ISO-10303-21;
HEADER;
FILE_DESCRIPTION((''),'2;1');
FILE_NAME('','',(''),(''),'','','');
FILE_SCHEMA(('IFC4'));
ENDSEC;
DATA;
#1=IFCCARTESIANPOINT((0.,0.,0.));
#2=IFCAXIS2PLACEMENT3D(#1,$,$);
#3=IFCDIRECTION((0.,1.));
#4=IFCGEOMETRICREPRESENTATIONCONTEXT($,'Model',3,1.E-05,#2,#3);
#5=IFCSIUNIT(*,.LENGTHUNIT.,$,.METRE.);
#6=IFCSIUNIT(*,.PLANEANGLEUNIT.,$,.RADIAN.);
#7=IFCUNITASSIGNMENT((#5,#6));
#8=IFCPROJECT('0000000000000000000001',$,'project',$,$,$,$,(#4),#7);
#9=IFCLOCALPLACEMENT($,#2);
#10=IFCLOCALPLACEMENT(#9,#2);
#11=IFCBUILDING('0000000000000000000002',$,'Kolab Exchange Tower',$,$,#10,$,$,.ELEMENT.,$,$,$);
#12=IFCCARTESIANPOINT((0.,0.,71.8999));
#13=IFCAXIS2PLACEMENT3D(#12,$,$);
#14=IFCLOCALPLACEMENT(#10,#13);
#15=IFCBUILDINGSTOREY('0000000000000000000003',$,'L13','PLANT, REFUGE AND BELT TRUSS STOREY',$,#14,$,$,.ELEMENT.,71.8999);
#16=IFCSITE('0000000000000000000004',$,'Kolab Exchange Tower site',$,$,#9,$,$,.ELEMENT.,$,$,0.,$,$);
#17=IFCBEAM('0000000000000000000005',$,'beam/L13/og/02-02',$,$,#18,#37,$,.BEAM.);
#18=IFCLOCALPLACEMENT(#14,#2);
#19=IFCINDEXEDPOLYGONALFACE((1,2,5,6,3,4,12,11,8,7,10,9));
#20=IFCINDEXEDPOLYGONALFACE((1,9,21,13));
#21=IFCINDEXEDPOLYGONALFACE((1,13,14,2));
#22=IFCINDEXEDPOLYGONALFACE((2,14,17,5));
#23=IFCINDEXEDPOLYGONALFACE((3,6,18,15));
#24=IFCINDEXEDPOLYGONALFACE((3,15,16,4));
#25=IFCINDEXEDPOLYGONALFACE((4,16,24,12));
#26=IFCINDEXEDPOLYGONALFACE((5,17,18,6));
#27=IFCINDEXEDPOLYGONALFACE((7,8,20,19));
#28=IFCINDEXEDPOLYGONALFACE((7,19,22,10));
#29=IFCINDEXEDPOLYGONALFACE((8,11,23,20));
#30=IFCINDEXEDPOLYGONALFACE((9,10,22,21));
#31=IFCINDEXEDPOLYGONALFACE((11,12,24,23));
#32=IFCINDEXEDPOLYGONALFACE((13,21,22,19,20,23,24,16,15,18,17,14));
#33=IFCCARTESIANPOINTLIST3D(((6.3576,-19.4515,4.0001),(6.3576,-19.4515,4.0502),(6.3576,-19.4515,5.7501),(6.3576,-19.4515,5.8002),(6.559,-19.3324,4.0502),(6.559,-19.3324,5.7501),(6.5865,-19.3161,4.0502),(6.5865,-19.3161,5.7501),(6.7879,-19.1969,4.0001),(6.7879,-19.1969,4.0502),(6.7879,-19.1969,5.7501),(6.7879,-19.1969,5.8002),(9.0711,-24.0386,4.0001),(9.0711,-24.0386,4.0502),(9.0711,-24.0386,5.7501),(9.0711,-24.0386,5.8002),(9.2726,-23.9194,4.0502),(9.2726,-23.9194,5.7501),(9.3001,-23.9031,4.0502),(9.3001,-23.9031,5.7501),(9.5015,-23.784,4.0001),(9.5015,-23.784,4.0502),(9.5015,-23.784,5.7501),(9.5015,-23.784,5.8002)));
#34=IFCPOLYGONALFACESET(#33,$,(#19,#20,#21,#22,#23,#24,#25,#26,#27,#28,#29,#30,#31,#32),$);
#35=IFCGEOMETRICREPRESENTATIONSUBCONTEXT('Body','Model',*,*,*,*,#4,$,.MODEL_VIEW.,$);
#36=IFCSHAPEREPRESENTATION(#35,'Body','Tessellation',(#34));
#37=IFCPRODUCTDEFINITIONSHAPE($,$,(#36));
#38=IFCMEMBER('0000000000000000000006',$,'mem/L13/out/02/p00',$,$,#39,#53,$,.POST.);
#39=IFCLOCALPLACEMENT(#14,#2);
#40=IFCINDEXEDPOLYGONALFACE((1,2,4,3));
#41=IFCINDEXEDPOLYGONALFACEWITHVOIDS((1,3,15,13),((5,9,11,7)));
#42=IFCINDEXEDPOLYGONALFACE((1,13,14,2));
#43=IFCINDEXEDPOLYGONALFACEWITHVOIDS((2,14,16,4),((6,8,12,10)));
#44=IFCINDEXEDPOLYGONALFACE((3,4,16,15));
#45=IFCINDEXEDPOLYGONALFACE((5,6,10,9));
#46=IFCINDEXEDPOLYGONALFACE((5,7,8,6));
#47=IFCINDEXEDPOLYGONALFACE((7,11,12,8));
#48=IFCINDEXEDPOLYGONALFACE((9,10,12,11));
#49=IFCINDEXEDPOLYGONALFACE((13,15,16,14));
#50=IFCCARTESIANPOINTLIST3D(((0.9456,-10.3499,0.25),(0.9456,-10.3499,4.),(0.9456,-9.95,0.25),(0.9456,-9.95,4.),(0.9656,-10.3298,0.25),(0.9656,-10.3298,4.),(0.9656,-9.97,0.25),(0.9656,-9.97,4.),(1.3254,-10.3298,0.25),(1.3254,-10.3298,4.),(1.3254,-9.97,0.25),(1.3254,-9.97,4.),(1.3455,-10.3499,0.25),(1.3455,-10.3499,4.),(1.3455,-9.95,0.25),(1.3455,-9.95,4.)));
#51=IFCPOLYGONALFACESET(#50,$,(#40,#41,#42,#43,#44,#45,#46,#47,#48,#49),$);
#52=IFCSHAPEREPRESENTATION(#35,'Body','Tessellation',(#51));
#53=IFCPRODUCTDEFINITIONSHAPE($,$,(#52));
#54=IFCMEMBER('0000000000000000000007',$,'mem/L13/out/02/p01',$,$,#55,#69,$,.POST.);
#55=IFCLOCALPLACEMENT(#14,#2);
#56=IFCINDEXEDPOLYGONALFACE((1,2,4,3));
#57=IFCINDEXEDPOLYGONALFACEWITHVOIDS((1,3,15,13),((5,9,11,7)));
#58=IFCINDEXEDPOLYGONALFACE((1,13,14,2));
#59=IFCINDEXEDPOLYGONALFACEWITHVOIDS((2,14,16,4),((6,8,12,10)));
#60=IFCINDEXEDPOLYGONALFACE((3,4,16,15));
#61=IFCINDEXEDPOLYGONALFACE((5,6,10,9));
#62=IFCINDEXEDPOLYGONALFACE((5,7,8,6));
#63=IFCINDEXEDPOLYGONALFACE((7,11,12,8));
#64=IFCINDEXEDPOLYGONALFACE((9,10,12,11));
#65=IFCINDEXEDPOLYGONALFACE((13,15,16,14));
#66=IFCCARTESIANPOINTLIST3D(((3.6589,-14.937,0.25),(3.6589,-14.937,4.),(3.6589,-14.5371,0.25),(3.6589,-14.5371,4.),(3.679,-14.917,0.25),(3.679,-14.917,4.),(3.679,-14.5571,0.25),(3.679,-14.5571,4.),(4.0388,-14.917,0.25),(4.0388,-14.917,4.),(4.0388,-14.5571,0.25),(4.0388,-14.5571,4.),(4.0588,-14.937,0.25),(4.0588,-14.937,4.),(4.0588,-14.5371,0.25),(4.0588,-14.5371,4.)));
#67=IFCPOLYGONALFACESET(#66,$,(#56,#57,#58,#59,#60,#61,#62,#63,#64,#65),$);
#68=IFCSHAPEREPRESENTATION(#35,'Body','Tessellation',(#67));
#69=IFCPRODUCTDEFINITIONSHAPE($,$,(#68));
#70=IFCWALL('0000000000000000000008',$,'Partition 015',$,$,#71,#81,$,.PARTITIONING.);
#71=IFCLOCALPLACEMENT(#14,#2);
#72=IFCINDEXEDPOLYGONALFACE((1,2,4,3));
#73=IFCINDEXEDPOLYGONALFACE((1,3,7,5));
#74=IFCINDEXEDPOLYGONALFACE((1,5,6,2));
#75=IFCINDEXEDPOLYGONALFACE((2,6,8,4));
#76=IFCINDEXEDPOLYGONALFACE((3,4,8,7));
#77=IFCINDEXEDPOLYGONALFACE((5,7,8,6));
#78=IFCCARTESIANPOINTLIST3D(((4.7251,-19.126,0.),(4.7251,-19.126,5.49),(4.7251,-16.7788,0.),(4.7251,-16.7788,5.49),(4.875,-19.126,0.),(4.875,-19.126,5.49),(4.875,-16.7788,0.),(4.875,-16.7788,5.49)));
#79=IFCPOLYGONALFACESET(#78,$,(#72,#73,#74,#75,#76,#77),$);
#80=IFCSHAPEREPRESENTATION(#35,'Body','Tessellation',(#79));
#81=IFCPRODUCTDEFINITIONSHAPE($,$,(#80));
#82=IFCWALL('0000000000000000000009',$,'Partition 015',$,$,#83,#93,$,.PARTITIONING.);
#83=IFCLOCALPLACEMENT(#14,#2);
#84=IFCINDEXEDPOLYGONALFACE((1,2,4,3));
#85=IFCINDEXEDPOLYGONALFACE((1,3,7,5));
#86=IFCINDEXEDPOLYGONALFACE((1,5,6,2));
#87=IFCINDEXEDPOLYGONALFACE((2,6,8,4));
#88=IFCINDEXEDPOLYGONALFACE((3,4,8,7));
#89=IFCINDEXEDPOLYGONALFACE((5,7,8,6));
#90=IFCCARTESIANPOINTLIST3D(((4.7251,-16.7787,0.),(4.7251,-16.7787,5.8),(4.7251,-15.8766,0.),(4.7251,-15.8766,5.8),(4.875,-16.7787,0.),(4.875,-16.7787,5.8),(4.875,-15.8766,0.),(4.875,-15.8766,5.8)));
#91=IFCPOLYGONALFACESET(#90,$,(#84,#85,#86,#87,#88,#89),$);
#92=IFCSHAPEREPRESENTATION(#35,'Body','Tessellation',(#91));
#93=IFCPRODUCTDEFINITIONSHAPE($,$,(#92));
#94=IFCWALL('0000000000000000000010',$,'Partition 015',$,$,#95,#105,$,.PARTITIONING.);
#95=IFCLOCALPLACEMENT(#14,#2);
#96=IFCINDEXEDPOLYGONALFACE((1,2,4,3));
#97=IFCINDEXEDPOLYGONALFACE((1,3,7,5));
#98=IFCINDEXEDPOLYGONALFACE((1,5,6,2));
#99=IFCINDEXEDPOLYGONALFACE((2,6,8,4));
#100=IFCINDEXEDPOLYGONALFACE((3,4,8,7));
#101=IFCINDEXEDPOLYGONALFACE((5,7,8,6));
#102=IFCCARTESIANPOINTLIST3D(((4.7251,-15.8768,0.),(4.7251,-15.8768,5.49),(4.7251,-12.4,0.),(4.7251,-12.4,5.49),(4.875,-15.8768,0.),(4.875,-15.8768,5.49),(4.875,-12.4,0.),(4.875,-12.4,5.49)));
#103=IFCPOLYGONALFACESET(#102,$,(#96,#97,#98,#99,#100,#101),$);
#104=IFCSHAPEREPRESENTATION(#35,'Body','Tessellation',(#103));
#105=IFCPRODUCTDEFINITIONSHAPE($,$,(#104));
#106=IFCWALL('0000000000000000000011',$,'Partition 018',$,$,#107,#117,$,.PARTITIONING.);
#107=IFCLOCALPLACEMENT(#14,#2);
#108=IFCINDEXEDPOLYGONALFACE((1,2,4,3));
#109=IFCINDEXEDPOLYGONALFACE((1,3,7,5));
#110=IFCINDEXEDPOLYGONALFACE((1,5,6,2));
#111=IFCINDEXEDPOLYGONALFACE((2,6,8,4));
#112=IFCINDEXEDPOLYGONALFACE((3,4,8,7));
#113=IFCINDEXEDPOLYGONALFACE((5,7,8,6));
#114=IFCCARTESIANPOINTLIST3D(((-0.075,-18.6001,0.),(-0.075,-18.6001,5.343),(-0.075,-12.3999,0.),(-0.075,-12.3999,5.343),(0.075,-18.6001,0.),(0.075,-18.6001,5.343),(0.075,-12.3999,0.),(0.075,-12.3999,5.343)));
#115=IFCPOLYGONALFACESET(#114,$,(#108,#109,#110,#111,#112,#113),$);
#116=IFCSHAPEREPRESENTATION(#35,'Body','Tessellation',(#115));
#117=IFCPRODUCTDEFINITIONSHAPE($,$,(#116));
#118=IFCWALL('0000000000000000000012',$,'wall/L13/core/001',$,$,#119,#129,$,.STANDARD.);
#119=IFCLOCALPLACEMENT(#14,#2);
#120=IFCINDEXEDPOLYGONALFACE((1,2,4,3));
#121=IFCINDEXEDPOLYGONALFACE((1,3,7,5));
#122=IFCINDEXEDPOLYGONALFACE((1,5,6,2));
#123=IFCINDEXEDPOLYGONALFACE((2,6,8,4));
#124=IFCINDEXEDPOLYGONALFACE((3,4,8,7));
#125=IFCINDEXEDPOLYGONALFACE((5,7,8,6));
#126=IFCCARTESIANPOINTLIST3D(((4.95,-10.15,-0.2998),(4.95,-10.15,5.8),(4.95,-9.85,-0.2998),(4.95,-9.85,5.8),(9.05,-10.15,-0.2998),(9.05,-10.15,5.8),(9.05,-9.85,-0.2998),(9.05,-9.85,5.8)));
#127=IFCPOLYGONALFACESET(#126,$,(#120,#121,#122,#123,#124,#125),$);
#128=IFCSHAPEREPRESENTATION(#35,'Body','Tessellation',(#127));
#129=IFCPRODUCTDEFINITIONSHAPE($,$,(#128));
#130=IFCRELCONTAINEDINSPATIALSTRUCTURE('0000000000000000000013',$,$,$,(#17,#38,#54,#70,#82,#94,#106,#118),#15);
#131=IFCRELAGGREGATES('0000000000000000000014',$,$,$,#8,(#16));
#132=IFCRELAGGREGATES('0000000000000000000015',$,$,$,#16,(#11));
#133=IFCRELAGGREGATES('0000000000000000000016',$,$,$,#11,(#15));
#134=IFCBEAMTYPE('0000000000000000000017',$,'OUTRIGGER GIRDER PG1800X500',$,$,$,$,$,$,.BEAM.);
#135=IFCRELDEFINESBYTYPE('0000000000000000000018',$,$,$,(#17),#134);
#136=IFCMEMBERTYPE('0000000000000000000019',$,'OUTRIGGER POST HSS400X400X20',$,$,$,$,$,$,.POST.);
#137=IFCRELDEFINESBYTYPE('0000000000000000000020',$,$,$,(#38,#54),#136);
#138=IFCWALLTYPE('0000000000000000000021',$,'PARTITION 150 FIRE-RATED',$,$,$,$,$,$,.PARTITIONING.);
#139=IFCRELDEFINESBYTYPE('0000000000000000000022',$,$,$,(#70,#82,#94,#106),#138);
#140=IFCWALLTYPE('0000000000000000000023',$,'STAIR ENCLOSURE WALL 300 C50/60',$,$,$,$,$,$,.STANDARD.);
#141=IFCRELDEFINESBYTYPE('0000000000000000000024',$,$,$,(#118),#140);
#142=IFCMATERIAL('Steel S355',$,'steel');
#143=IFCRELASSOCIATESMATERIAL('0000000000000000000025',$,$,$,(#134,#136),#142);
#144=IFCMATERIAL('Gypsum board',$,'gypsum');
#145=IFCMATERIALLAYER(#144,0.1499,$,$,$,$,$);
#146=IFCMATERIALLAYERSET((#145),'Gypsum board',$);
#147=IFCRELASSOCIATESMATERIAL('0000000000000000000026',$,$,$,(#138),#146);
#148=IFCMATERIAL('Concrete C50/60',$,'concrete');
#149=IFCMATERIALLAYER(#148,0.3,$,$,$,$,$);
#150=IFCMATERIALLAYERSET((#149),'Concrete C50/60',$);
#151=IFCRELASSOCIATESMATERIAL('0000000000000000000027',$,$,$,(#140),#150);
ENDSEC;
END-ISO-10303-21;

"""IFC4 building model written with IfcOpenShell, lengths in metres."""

from ifc_helpers import new_model, si_unit, direction, frame, frame_2d, origin, origin_2d, place, context, subcontext, project, spatial, rectangle, hollow_rectangle, i_section, extrude, material, layer, layer_set, material_profile, profile_set, type_object, element, save


model = new_model("IFC4")

# Units and contexts
model_context = context("Model", 3, precision=1e-05, world=origin(), true_north=direction((0.0, 1.0)))
body_context = subcontext(model_context, "Body", "Model", "MODEL_VIEW")
ifc_project = project(units=[si_unit("LENGTHUNIT", "METRE"), si_unit("PLANEANGLEUNIT", "RADIAN")], contexts=[model_context])

# Site, building, storey
site_placement = place(None, origin())
site = spatial("IfcSite", under=ifc_project, at=site_placement, Name="Kolab Exchange Tower site", CompositionType="ELEMENT", RefElevation=0.0)
building_placement = place(site_placement, origin())
building = spatial("IfcBuilding", under=site, at=building_placement, Name="Kolab Exchange Tower", CompositionType="ELEMENT")
storey_placement = place(building_placement, frame((0.0, 0.0, 71.8999)))
storey = spatial("IfcBuildingStorey", under=building, at=storey_placement, Name="L13", Description="PLANT, REFUGE AND BELT TRUSS STOREY", CompositionType="ELEMENT", Elevation=71.8999)

# Shared definitions
ifc_material_1 = material(Name="Steel S355", Category="steel")

# Beam
ifc_material_profile_1 = material_profile(ifc_material_1, i_section(OverallWidth=0.5, OverallDepth=1.8, WebThickness=0.032, FlangeThickness=0.05, at=origin_2d()), Name="PG1800X500")
ifc_profile_set_1 = profile_set([ifc_material_profile_1], Name="Steel S355")
beam_type_1 = type_object("IfcBeamType", Name="OUTRIGGER GIRDER PG1800X500", PredefinedType="BEAM", material=ifc_profile_set_1)
beam_1_placement = place(storey_placement, frame((6.5728, -19.3242, 4.9001), z_axis=(0.509151, -0.860677, 0.0), x_axis=(0.860677, 0.509151, 0.0)))
element("IfcBeam", 1, at=beam_1_placement, inside=storey, type_object=beam_type_1, Name="beam/L13/og/02-02", PredefinedType="BEAM", context=body_context, shape_type="SweptSolid", body=[
    extrude(i_section(OverallWidth=0.5, OverallDepth=1.8, WebThickness=0.032, FlangeThickness=0.05, at=origin_2d()), origin(), (0.0, 0.0, 1.0), 5.3296),
])

# Members
ifc_material_profile_2 = material_profile(ifc_material_1, hollow_rectangle(XDim=0.3999, YDim=0.3999, WallThickness=0.02, at=origin_2d()), Name="HSS400X400X20")
ifc_profile_set_2 = profile_set([ifc_material_profile_2], Name="Steel S355")
member_type_1 = type_object("IfcMemberType", Name="OUTRIGGER POST HSS400X400X20", PredefinedType="POST", material=ifc_profile_set_2)
for number, where, z_axis, x_axis, name in (
    (2, (1.1455, -10.1499, 0.25), (0.0, 0.0, 1.0), (1.0, 0.0, 0.0), "mem/L13/out/02/p00"),
    (3, (3.8589, -14.7371, 0.25), (0.0, 0.0, 1.0), (1.0, 0.0, 0.0), "mem/L13/out/02/p01"),
):
    element("IfcMember", number, at=place(storey_placement, frame(where, z_axis=z_axis, x_axis=x_axis)), inside=storey, type_object=member_type_1, Name=name, PredefinedType="POST", context=body_context, shape_type="SweptSolid", body=[
        extrude(hollow_rectangle(XDim=0.3999, YDim=0.3999, WallThickness=0.02, at=origin_2d()), origin(), (0.0, 0.0, 1.0), 3.75),
    ])

# Walls
ifc_material_2 = material(Name="Gypsum board", Category="gypsum")
ifc_layer_1 = layer(ifc_material_2, 0.1499)
ifc_layer_set_1 = layer_set([ifc_layer_1], Name="Gypsum board")
wall_type_1 = type_object("IfcWallType", Name="PARTITION 150 FIRE-RATED", PredefinedType="PARTITIONING", material=ifc_layer_set_1)
wall_1_placement = place(storey_placement, frame((4.8, -19.126, 0.0), z_axis=(0.0, 0.0, 1.0), x_axis=(0.0, 1.0, 0.0)))
element("IfcWall", 4, at=wall_1_placement, inside=storey, type_object=wall_type_1, Name="Partition 015", PredefinedType="PARTITIONING", context=body_context, shape_type="SweptSolid", body=[
    extrude(rectangle(XDim=2.3472, YDim=0.1499, at=frame_2d((1.1736, 0.0))), origin(), (0.0, 0.0, 1.0), 5.49),
])
wall_2_placement = place(storey_placement, frame((4.8, -16.7788, 0.0), z_axis=(0.0, 0.0, 1.0), x_axis=(0.0, 1.0, 0.0)))
element("IfcWall", 5, at=wall_2_placement, inside=storey, type_object=wall_type_1, Name="Partition 015", PredefinedType="PARTITIONING", context=body_context, shape_type="SweptSolid", body=[
    extrude(rectangle(XDim=0.9021, YDim=0.1499, at=frame_2d((0.4512, 0.0))), origin(), (0.0, 0.0, 1.0), 5.8),
])
wall_3_placement = place(storey_placement, frame((4.8, -15.8767, 0.0), z_axis=(0.0, 0.0, 1.0), x_axis=(0.0, 1.0, 0.0)))
element("IfcWall", 6, at=wall_3_placement, inside=storey, type_object=wall_type_1, Name="Partition 015", PredefinedType="PARTITIONING", context=body_context, shape_type="SweptSolid", body=[
    extrude(rectangle(XDim=3.4768, YDim=0.1499, at=frame_2d((1.7383, 0.0))), origin(), (0.0, 0.0, 1.0), 5.49),
])
wall_4_placement = place(storey_placement, frame((0.0, -18.6001, 0.0), z_axis=(0.0, 0.0, 1.0), x_axis=(0.0, 1.0, 0.0)))
element("IfcWall", 7, at=wall_4_placement, inside=storey, type_object=wall_type_1, Name="Partition 018", PredefinedType="PARTITIONING", context=body_context, shape_type="SweptSolid", body=[
    extrude(rectangle(XDim=6.2002, YDim=0.1499, at=frame_2d((3.1001, 0.0))), origin(), (0.0, 0.0, 1.0), 5.343),
])
ifc_material_3 = material(Name="Concrete C50/60", Category="concrete")
ifc_layer_2 = layer(ifc_material_3, 0.3)
ifc_layer_set_2 = layer_set([ifc_layer_2], Name="Concrete C50/60")
wall_type_2 = type_object("IfcWallType", Name="STAIR ENCLOSURE WALL 300 C50/60", PredefinedType="STANDARD", material=ifc_layer_set_2)
wall_5_placement = place(storey_placement, frame((4.95, -10.0, -0.2998), z_axis=(0.0, 0.0, 1.0), x_axis=(1.0, 0.0, 0.0)))
element("IfcWall", 8, at=wall_5_placement, inside=storey, type_object=wall_type_2, Name="wall/L13/core/001", PredefinedType="STANDARD", context=body_context, shape_type="SweptSolid", body=[
    extrude(rectangle(XDim=4.1001, YDim=0.3, at=frame_2d((2.05, 0.0))), origin(), (0.0, 0.0, 1.0), 6.0999),
])

save(model, "model.ifc")
